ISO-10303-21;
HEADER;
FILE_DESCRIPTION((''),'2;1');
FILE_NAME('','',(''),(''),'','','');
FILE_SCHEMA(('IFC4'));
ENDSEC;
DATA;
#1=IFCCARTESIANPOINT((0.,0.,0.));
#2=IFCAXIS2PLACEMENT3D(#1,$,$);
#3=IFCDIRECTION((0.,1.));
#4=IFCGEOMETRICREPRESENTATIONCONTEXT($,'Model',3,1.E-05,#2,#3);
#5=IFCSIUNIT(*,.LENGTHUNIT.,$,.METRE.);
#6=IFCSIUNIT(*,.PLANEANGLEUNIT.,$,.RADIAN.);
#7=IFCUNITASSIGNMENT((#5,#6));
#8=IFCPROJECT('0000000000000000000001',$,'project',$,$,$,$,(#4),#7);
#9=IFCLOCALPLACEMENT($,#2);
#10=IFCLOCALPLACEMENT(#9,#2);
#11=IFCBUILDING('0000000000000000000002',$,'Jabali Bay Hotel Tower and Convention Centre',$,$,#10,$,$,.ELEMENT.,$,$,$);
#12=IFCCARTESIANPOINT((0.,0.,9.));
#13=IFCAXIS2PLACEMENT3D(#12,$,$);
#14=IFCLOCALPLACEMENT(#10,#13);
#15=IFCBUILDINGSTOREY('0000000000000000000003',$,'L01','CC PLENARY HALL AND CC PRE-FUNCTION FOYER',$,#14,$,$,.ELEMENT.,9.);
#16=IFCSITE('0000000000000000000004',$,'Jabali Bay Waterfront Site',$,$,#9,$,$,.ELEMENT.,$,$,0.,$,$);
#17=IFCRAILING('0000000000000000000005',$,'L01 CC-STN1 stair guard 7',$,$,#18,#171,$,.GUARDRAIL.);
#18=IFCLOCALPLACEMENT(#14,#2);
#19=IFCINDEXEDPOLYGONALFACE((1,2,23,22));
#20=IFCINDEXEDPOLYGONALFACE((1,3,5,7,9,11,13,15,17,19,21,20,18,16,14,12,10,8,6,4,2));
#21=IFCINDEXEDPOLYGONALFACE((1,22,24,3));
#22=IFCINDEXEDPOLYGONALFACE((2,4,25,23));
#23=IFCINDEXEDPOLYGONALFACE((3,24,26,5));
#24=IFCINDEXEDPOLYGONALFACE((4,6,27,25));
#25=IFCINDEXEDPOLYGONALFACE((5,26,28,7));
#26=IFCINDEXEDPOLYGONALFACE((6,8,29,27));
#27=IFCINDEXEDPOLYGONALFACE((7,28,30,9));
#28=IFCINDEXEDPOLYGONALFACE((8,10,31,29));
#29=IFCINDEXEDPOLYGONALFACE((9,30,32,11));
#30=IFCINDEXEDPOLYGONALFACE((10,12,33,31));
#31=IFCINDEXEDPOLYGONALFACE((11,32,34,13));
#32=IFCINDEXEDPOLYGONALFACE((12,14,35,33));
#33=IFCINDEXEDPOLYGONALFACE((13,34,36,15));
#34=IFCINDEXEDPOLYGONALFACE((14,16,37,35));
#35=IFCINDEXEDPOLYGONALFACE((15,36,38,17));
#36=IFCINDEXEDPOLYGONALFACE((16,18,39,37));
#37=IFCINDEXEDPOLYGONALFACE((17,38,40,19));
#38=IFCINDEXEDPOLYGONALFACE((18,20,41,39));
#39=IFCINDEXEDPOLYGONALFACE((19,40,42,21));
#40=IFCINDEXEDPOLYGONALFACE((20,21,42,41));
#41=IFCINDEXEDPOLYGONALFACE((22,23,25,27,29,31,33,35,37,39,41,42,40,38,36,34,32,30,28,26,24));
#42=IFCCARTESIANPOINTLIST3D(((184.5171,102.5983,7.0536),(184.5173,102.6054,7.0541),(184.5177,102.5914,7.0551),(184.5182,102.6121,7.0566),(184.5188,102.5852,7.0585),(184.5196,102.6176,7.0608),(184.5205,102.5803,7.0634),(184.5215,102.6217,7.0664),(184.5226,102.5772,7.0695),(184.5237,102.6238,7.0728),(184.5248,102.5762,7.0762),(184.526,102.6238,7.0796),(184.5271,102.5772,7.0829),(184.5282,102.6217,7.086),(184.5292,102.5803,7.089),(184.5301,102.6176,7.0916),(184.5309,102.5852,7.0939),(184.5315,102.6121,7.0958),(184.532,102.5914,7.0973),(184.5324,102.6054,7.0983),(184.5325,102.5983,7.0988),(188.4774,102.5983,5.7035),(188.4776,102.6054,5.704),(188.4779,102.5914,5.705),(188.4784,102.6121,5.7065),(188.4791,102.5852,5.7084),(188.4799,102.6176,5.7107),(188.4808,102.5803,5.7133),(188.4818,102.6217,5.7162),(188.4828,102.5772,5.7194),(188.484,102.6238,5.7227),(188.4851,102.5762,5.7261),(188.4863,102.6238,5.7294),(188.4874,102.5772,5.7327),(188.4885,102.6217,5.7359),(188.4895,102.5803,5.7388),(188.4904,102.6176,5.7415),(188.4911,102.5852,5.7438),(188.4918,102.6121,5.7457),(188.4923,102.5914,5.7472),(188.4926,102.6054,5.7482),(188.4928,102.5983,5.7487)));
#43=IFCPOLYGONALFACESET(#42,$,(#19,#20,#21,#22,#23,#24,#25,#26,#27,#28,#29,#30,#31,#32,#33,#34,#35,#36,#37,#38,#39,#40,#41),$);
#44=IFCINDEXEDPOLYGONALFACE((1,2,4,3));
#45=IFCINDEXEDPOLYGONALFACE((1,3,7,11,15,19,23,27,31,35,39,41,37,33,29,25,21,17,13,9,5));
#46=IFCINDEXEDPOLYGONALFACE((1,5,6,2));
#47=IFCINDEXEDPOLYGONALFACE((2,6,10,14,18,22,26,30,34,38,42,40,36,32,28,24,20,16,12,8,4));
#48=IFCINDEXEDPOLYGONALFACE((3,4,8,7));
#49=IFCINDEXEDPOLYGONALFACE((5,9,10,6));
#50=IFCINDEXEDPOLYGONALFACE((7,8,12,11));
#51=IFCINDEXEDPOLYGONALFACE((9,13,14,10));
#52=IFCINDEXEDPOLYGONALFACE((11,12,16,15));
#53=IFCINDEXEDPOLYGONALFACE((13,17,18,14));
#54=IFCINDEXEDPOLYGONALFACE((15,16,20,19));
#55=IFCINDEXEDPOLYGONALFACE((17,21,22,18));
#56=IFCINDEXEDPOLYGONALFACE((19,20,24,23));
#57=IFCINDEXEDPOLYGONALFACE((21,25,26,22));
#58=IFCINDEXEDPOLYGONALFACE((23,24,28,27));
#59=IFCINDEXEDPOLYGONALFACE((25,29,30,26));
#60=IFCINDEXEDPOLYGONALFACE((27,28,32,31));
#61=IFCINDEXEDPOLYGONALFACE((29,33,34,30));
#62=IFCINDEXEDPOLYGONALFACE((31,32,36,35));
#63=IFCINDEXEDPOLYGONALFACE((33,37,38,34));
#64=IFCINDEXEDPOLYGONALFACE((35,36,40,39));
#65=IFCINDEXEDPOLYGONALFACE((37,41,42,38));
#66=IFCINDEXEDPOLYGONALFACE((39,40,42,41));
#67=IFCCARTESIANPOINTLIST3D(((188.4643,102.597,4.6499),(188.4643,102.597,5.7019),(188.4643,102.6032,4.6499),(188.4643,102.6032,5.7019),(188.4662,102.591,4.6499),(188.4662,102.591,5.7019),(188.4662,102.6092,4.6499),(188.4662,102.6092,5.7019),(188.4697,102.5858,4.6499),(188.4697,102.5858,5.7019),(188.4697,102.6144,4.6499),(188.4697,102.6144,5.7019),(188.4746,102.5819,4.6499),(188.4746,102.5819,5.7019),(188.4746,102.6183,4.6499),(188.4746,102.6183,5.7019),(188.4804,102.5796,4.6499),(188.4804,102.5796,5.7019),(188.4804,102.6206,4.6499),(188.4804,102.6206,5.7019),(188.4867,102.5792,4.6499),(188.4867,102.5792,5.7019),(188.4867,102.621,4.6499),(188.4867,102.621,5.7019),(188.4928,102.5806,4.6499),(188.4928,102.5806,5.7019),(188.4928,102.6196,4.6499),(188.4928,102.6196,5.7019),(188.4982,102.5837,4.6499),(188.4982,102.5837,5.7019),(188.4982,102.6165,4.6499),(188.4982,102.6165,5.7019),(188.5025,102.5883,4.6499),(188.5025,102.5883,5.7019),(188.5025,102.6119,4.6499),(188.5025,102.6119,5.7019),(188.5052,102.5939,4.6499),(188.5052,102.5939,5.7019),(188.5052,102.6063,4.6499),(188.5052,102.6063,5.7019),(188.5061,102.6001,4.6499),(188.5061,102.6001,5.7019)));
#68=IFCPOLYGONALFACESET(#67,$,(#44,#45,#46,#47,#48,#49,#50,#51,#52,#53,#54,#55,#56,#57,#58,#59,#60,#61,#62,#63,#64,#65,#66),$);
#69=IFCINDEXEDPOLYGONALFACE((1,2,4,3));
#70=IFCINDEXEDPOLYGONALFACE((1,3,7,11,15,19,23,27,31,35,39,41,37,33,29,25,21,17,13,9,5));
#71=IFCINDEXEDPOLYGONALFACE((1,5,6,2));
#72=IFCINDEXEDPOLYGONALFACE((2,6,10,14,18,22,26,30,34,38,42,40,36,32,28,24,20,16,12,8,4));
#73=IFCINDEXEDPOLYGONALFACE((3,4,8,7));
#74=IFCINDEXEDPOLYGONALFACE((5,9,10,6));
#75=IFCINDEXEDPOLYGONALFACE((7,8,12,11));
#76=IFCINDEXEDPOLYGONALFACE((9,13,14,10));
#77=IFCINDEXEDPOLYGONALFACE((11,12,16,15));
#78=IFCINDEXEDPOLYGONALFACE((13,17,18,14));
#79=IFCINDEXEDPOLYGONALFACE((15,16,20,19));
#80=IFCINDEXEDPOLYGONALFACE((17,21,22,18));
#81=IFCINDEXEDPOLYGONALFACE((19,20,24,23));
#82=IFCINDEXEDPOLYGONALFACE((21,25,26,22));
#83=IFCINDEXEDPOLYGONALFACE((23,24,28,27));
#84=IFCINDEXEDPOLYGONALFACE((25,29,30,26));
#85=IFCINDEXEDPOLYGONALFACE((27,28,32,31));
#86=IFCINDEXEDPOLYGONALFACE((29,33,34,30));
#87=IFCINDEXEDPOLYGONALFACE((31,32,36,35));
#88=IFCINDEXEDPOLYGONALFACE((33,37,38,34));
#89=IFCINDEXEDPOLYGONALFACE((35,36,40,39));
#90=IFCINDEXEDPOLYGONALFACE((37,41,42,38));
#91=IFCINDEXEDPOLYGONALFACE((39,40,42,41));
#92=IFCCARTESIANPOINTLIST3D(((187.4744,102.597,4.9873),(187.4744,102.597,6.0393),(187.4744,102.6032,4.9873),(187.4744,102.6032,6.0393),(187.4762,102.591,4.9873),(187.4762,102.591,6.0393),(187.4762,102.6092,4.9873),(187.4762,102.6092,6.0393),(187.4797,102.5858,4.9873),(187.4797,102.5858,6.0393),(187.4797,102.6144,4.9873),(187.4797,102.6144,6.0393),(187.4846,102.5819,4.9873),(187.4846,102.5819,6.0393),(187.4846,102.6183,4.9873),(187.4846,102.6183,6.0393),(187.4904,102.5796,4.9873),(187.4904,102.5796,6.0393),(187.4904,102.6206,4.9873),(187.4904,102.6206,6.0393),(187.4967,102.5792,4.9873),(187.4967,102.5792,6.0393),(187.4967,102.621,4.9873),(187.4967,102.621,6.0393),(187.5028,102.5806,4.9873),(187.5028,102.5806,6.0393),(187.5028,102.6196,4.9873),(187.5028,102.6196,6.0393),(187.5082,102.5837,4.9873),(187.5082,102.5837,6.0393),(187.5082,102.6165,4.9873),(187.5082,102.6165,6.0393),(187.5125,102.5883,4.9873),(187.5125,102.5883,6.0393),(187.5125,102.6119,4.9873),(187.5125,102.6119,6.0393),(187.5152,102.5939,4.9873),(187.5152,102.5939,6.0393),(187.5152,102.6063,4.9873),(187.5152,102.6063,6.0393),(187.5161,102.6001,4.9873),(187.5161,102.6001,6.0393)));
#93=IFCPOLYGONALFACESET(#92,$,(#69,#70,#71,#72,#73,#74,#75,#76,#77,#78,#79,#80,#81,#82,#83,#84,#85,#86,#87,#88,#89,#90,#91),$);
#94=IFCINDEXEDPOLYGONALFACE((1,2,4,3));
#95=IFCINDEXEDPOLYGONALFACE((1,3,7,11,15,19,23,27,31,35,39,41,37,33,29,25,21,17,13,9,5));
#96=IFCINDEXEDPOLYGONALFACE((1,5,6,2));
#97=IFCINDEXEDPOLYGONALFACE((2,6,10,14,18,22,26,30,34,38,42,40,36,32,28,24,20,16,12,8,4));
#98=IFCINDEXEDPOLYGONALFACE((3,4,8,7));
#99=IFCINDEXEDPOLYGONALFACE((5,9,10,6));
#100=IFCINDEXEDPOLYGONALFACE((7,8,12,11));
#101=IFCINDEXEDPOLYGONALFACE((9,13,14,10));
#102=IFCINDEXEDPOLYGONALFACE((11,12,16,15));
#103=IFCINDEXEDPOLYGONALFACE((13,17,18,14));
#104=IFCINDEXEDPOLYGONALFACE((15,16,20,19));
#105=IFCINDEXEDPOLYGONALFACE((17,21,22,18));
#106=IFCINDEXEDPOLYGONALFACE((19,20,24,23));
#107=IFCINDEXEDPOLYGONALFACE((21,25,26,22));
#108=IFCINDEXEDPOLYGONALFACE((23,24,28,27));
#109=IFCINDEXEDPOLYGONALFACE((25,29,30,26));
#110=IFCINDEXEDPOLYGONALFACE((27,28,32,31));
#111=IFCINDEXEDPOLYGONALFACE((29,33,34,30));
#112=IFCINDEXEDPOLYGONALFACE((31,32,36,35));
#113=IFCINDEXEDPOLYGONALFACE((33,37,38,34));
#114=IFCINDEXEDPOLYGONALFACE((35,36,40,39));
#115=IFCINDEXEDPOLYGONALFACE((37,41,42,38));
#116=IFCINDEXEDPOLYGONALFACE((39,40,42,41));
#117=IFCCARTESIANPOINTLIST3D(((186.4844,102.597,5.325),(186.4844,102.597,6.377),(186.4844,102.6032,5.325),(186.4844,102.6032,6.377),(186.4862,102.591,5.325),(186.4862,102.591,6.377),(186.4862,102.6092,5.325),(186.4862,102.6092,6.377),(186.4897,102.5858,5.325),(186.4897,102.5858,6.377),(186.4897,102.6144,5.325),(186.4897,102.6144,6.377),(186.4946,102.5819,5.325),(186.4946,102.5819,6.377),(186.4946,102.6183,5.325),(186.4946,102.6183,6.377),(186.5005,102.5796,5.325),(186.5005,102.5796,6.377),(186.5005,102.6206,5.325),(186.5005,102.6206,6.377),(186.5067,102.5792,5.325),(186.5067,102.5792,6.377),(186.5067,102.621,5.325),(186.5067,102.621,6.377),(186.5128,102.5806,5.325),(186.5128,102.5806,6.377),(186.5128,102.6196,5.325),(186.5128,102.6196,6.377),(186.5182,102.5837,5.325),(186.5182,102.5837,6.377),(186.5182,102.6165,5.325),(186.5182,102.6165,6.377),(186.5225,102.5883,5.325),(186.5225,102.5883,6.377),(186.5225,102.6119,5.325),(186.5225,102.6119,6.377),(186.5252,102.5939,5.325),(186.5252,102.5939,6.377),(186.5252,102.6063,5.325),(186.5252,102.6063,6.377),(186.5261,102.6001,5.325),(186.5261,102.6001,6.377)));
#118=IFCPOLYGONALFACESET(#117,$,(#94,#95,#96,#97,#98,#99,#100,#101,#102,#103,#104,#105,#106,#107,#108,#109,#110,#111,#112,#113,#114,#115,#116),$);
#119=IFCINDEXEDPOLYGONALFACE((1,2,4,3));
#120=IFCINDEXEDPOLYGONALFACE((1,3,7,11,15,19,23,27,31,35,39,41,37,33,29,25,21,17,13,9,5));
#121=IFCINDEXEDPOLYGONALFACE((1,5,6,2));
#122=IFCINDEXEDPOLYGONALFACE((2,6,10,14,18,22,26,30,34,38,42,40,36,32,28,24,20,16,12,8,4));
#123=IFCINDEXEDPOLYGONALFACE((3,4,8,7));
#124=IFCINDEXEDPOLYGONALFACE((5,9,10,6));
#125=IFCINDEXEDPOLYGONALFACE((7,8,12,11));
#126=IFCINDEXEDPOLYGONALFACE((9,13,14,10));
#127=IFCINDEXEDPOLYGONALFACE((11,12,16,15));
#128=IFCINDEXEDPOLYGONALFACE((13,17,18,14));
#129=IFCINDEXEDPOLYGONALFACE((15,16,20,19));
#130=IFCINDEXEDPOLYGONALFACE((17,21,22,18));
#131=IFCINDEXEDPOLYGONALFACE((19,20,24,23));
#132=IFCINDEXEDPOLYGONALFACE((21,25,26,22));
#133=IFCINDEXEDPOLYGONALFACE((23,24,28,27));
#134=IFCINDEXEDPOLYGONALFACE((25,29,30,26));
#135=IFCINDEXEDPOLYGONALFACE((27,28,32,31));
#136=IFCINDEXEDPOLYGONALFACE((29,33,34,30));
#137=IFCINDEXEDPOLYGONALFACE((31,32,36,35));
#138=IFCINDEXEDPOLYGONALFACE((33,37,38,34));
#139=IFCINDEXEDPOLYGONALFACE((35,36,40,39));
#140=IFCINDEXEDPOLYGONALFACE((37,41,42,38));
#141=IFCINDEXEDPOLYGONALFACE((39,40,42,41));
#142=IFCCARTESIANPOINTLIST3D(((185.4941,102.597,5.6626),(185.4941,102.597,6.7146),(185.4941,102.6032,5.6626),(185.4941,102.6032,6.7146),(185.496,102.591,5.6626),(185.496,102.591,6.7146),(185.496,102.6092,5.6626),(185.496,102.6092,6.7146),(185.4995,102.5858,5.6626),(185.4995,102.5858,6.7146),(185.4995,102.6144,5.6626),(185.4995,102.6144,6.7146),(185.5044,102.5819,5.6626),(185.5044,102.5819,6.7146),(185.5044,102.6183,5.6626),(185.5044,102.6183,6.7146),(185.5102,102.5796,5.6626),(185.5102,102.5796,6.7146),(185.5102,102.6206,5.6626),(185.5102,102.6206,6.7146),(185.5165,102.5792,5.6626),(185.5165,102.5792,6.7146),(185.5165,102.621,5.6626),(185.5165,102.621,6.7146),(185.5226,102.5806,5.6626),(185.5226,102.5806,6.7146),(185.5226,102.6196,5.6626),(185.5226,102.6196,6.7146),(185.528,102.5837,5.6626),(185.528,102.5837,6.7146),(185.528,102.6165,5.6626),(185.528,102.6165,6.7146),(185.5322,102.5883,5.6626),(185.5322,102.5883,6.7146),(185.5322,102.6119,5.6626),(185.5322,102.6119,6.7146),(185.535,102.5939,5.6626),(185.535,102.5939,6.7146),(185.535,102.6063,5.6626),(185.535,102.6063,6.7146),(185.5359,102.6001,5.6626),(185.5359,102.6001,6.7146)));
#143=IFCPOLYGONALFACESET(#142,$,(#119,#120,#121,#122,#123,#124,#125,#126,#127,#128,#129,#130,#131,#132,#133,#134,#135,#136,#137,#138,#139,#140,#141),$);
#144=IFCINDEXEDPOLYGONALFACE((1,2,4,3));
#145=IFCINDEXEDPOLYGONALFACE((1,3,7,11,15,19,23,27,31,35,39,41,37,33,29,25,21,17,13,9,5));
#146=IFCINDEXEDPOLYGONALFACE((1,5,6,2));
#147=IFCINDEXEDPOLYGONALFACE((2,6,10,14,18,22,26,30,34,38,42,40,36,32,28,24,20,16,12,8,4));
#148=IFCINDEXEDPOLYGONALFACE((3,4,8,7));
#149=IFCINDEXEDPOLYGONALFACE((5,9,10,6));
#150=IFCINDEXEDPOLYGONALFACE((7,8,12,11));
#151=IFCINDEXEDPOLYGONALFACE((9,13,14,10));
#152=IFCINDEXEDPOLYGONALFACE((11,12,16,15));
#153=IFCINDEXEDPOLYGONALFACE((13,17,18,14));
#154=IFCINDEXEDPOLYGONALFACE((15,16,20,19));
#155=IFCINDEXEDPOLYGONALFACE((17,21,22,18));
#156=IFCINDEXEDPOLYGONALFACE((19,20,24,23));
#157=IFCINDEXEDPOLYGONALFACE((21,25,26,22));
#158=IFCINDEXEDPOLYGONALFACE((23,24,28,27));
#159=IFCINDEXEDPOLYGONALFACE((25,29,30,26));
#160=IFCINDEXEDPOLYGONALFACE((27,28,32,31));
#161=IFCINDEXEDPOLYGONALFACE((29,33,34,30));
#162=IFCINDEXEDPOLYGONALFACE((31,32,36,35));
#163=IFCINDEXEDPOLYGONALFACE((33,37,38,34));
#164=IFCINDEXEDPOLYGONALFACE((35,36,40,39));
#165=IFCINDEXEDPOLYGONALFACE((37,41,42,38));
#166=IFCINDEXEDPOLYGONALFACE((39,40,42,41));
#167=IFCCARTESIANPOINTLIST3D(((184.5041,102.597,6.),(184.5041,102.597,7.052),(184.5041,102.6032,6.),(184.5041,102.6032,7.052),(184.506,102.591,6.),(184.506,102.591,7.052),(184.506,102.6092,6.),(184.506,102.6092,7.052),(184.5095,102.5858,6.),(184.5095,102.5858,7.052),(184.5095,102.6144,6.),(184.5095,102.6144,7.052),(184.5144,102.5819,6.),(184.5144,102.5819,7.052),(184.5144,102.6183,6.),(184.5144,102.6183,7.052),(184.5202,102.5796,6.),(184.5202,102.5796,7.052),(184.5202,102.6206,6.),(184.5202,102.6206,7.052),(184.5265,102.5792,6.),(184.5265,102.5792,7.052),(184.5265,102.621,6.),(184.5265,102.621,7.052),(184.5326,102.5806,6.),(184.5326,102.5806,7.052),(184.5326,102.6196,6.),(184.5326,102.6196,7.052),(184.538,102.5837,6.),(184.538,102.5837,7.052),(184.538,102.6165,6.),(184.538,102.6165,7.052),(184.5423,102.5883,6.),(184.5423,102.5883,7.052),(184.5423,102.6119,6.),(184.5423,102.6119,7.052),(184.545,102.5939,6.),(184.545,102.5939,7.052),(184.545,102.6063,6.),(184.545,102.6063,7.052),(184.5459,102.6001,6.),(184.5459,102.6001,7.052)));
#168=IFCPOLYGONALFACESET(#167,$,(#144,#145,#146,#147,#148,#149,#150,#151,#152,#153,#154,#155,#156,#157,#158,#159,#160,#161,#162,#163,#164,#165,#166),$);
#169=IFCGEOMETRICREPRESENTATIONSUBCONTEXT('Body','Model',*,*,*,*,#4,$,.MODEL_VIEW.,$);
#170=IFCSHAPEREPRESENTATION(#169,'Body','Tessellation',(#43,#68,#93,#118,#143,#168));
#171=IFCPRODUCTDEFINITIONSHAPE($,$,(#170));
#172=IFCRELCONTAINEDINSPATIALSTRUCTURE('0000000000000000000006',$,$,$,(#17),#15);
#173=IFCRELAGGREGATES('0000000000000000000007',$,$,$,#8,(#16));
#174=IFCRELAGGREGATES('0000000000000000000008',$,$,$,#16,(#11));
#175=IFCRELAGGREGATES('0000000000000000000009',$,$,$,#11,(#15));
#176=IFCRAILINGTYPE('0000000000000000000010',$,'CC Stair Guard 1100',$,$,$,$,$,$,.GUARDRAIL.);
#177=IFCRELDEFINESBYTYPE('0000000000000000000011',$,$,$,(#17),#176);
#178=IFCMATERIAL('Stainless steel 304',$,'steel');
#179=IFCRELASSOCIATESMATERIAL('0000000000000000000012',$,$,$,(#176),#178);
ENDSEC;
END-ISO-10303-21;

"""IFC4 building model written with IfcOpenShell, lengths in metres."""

from ifc_helpers import new_model, si_unit, direction, frame, origin, origin_2d, place, context, subcontext, project, spatial, circle, extrude, material, type_object, element, save


model = new_model("IFC4")

# Units and contexts
model_context = context("Model", 3, precision=1e-05, world=origin(), true_north=direction((0.0, 1.0)))
body_context = subcontext(model_context, "Body", "Model", "MODEL_VIEW")
ifc_project = project(units=[si_unit("LENGTHUNIT", "METRE"), si_unit("PLANEANGLEUNIT", "RADIAN")], contexts=[model_context])

# Site, building, storey
site_placement = place(None, origin())
site = spatial("IfcSite", under=ifc_project, at=site_placement, Name="Jabali Bay Waterfront Site", CompositionType="ELEMENT", RefElevation=0.0)
building_placement = place(site_placement, origin())
building = spatial("IfcBuilding", under=site, at=building_placement, Name="Jabali Bay Hotel Tower and Convention Centre", CompositionType="ELEMENT")
storey_placement = place(building_placement, frame((0.0, 0.0, 9.0)))
storey = spatial("IfcBuildingStorey", under=building, at=storey_placement, Name="L01", Description="CC PLENARY HALL AND CC PRE-FUNCTION FOYER", CompositionType="ELEMENT", Elevation=9.0)

# Railing
ifc_material_1 = material(Name="Stainless steel 304", Category="steel")
railing_type_1 = type_object("IfcRailingType", Name="CC Stair Guard 1100", PredefinedType="GUARDRAIL", material=ifc_material_1)
railing_1_placement = place(storey_placement, frame((188.4851, 102.6001, 4.6499)))
element("IfcRailing", 1, at=railing_1_placement, inside=storey, type_object=railing_type_1, Name="L01 CC-STN1 stair guard 7", PredefinedType="GUARDRAIL", context=body_context, shape_type="SweptSolid", body=[
    extrude(circle(Radius=0.0239, at=origin_2d()), frame((0.0, 0.0, 1.0762), z_axis=(-0.946508, 0.0, 0.32268), x_axis=(0.0, -1.0, 0.0)), (0.0, 0.0, 1.0), 4.1841),
    extrude(circle(Radius=0.021, at=origin_2d()), origin(), (0.0, 0.0, 1.0), 1.052),
    extrude(circle(Radius=0.021, at=origin_2d()), frame((-0.99, 0.0, 0.3374)), (0.0, 0.0, 1.0), 1.052),
    extrude(circle(Radius=0.021, at=origin_2d()), frame((-1.98, 0.0, 0.675)), (0.0, 0.0, 1.0), 1.052),
    extrude(circle(Radius=0.021, at=origin_2d()), frame((-2.9702, 0.0, 1.0127)), (0.0, 0.0, 1.0), 1.052),
    extrude(circle(Radius=0.021, at=origin_2d()), frame((-3.9602, 0.0, 1.3501)), (0.0, 0.0, 1.0), 1.052),
])

save(model, "model.ifc")
